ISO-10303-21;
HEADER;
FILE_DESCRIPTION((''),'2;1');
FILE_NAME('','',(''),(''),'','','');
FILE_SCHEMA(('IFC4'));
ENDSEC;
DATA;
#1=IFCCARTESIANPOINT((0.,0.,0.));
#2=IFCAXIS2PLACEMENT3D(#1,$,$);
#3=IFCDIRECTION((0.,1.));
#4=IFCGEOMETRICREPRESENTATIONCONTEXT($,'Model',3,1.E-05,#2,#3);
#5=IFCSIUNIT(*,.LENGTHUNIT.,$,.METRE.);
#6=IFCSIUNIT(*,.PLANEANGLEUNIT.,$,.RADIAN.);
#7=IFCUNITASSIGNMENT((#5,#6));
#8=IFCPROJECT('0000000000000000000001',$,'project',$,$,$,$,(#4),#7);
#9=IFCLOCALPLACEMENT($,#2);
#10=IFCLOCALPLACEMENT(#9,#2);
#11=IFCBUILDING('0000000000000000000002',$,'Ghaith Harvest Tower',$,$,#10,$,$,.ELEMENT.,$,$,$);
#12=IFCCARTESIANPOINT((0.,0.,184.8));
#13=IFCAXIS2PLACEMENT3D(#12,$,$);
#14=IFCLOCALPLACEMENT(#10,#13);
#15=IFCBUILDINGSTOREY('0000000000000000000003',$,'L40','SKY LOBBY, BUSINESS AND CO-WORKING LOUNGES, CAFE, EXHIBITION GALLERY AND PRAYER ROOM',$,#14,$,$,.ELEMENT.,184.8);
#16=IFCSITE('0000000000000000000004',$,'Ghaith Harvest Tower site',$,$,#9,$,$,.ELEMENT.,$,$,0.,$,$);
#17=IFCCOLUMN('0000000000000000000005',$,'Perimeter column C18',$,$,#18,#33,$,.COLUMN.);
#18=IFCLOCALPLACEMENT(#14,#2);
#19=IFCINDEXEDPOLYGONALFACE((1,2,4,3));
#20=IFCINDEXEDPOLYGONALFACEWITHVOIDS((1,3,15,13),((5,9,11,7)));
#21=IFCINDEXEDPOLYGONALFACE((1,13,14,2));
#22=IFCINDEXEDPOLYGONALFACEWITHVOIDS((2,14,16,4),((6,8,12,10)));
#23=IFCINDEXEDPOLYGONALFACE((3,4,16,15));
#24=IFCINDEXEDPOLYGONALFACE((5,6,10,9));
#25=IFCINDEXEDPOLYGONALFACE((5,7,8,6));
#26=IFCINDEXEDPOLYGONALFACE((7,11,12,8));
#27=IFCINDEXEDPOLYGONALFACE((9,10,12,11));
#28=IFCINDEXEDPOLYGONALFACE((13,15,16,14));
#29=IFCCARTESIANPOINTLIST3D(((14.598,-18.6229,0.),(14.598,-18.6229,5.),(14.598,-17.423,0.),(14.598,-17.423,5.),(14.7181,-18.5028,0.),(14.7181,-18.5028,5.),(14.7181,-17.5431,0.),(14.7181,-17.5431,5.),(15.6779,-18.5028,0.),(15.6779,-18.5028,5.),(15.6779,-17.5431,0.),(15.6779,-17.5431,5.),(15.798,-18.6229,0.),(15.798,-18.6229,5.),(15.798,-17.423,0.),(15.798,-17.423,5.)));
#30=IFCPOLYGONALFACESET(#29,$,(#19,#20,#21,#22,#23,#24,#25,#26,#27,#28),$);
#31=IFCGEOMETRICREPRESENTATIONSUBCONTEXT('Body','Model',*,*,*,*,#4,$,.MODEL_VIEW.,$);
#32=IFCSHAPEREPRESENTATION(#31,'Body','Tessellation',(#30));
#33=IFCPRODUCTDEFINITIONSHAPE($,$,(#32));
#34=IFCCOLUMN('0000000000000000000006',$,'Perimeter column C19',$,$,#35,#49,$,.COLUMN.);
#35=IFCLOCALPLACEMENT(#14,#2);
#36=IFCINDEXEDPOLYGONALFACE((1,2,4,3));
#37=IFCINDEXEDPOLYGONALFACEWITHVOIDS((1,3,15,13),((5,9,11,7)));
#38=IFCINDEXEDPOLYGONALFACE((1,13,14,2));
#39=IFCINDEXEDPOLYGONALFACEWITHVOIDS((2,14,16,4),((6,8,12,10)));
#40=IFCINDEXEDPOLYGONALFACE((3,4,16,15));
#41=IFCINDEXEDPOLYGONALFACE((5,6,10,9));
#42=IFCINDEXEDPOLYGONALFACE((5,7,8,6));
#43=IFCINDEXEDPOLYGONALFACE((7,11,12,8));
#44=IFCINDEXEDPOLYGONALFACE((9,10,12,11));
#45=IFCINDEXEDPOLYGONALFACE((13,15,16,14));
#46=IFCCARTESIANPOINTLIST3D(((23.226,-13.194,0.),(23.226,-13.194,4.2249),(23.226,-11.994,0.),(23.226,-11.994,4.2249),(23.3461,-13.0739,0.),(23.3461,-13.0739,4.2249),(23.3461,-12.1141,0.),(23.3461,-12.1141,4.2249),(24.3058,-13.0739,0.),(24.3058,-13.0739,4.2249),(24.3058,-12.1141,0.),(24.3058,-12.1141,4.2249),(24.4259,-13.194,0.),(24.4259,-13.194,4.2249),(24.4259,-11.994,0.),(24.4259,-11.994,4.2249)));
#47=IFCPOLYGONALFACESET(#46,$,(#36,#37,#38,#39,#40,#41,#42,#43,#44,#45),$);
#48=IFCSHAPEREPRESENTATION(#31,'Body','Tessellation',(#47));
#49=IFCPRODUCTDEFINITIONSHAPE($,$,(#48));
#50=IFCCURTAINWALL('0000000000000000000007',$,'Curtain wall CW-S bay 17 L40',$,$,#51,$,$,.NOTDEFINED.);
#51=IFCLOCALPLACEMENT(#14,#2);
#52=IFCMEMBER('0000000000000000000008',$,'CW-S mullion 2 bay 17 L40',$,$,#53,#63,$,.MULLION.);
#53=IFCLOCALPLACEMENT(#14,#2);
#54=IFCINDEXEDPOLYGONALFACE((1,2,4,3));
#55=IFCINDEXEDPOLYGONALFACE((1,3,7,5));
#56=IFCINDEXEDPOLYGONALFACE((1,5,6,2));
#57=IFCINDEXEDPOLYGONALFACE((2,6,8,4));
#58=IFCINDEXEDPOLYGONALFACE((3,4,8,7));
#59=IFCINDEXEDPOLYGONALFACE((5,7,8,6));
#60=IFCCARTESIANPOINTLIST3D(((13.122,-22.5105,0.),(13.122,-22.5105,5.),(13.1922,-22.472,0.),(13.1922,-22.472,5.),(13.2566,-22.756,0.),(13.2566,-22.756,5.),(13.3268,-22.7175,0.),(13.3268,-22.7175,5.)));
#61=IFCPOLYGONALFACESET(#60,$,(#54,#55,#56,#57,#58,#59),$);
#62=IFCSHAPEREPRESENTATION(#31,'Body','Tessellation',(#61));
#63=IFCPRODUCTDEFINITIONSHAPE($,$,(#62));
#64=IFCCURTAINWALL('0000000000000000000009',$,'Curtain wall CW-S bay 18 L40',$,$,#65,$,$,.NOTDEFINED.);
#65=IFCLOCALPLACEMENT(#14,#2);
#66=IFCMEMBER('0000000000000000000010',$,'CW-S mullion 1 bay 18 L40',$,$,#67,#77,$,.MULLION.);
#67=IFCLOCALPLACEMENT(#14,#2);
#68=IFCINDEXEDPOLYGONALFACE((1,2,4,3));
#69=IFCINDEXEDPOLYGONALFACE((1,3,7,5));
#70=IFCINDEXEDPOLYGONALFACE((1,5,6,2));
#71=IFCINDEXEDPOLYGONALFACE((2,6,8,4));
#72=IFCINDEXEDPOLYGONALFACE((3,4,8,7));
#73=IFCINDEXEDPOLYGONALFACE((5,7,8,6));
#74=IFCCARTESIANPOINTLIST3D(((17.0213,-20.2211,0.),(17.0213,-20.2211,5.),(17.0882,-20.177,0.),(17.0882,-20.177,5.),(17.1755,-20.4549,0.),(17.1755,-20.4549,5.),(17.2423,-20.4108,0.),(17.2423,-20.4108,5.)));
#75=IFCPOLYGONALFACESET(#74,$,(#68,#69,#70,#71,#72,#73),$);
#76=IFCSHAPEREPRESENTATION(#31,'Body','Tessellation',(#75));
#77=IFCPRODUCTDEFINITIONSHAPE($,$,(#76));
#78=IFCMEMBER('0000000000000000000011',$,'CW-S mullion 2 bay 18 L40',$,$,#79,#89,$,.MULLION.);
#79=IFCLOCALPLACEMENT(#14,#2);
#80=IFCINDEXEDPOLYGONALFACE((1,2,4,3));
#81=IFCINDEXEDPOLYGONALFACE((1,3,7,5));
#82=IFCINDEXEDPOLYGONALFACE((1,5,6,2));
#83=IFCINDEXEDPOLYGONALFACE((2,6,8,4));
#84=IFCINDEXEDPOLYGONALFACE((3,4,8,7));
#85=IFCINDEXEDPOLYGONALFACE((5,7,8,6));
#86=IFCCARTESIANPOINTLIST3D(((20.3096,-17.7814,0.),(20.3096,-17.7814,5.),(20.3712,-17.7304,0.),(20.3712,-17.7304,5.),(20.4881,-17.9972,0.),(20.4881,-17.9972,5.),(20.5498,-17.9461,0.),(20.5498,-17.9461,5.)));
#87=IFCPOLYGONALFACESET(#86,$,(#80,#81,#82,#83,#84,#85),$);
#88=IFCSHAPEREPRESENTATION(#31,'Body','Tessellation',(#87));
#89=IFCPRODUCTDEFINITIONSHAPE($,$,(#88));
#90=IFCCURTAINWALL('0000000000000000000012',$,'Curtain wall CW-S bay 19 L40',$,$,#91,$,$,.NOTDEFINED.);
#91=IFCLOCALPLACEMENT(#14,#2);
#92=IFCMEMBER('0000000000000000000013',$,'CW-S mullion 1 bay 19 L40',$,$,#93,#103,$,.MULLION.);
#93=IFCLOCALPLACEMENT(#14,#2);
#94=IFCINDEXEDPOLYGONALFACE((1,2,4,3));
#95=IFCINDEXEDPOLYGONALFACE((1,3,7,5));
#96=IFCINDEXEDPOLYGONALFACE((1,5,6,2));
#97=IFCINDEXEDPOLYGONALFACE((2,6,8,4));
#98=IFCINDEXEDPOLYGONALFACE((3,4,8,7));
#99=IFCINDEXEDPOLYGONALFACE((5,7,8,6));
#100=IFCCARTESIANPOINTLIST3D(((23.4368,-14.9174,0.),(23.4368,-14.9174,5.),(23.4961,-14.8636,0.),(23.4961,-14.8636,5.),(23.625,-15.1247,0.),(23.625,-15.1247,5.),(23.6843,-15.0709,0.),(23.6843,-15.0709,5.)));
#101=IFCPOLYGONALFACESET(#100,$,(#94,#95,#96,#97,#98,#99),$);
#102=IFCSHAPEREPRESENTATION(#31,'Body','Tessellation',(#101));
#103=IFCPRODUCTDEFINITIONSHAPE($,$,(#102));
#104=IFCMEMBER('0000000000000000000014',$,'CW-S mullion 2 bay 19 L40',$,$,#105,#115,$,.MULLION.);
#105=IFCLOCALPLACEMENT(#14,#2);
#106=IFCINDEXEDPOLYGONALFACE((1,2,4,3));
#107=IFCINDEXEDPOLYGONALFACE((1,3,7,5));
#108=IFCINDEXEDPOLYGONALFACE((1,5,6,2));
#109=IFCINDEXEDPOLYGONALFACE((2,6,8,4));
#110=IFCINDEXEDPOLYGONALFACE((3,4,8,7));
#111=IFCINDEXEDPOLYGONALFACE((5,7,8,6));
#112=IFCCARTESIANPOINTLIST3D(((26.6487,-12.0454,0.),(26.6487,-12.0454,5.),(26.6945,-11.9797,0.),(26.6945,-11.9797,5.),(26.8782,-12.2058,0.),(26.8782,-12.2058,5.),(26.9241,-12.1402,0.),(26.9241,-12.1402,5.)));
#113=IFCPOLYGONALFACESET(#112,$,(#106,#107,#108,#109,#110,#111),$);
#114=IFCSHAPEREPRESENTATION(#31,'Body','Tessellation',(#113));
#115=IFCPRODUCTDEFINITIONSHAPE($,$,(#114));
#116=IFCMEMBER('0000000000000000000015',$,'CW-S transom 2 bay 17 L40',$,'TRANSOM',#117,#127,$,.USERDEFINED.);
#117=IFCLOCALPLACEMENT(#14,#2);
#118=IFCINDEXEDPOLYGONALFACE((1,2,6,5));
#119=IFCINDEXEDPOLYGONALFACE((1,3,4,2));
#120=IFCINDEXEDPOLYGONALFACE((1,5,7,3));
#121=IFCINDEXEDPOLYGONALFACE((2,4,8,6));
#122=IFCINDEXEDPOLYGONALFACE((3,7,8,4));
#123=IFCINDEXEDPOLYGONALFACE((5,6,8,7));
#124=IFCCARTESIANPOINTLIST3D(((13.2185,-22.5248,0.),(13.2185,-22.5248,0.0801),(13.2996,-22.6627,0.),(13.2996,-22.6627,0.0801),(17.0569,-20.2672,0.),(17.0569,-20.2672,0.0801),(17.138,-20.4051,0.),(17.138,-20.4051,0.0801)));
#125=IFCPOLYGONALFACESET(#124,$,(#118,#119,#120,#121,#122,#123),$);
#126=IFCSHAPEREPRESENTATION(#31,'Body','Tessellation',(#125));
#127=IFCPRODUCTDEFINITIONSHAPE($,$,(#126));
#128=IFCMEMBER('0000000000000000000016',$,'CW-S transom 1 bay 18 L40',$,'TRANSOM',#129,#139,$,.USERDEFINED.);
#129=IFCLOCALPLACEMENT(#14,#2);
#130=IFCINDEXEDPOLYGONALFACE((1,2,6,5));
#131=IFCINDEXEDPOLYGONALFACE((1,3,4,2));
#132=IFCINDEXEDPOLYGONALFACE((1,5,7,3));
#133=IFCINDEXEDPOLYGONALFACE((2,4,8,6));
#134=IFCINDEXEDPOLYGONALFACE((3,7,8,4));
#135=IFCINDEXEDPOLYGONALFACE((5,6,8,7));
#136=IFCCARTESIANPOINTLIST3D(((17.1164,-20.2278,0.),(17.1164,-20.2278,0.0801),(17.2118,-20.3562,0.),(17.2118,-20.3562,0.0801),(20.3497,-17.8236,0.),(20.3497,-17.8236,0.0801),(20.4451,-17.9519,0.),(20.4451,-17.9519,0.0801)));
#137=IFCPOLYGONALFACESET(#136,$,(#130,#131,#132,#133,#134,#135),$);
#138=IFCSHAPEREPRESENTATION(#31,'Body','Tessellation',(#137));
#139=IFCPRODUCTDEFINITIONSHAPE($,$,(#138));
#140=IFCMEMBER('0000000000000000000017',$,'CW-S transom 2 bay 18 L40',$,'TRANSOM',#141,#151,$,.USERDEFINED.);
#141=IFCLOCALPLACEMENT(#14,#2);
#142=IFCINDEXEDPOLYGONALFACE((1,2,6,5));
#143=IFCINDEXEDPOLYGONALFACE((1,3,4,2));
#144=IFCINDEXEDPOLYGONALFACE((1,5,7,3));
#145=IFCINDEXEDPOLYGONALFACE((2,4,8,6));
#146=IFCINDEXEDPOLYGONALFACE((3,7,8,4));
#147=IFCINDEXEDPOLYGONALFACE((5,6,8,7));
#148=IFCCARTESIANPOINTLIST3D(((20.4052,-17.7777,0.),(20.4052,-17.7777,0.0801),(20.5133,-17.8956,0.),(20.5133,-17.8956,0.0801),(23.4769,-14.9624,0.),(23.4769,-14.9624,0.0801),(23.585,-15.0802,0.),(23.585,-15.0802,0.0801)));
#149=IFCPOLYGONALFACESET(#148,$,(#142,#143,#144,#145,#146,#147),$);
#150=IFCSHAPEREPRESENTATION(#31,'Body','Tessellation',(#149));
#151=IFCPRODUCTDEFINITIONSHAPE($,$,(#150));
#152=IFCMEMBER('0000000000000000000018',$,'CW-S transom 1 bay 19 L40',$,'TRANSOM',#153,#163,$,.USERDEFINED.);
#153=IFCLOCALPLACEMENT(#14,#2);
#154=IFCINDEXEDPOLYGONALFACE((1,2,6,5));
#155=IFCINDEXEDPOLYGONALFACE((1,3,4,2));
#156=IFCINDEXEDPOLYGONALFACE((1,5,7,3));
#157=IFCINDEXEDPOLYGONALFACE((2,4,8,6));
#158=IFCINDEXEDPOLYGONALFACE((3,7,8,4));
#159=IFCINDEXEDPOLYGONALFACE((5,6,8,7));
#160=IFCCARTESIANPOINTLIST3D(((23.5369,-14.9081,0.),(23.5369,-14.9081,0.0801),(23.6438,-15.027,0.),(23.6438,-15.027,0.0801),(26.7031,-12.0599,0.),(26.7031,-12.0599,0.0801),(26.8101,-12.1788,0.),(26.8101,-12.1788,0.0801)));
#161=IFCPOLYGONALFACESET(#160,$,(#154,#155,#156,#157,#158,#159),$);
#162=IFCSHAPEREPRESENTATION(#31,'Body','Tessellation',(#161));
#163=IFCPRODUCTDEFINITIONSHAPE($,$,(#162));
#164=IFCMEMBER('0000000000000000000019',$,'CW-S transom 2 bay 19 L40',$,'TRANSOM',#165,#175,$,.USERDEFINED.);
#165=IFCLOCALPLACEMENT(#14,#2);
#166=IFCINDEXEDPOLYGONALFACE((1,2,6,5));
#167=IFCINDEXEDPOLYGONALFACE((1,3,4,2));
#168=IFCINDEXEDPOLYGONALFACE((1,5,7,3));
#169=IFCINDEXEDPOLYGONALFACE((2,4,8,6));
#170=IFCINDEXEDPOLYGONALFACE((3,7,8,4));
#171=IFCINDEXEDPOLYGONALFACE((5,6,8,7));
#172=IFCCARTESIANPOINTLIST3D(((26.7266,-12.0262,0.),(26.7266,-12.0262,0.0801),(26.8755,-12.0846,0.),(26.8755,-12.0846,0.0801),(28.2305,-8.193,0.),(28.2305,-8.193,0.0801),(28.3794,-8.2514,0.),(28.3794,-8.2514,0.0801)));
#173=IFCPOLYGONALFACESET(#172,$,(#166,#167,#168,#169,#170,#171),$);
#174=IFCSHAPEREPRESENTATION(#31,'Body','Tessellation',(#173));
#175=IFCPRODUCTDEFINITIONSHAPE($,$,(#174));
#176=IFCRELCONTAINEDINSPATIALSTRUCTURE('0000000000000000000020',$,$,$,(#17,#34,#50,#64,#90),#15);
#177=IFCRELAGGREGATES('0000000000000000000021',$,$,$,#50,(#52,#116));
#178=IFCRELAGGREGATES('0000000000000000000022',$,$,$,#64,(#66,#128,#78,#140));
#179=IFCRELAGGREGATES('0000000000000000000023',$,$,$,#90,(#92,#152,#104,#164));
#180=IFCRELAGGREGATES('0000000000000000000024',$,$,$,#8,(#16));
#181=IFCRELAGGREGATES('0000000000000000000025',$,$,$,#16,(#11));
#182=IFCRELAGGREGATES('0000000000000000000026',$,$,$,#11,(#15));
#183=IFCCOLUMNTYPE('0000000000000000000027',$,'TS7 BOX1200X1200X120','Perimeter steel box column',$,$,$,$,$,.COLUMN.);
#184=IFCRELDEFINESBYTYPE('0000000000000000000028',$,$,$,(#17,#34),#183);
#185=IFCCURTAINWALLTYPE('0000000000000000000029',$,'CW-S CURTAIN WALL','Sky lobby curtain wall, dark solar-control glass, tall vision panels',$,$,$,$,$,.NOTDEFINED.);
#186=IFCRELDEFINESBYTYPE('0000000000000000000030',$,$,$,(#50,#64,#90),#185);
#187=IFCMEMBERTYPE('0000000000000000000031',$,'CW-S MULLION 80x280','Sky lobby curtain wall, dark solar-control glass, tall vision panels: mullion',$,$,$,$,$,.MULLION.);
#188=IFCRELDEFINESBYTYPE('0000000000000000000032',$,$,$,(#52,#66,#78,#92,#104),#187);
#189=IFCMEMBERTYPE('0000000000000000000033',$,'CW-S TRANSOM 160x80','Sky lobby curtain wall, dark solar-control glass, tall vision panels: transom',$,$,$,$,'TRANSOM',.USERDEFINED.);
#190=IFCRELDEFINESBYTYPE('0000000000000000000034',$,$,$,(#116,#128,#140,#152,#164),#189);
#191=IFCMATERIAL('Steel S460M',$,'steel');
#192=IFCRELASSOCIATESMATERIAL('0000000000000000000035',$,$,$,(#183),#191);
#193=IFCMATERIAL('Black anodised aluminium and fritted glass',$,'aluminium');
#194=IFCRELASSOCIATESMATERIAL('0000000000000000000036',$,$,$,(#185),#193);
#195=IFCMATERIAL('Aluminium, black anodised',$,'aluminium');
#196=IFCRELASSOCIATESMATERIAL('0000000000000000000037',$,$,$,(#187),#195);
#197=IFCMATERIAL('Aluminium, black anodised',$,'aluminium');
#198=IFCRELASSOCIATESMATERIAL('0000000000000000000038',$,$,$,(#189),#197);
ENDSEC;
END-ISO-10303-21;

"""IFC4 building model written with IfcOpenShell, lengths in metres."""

from ifc_helpers import new_model, si_unit, direction, frame, origin, origin_2d, place, context, subcontext, project, spatial, rectangle, hollow_rectangle, extrude, material, material_profile, profile_set, type_object, element, aggregate, save


model = new_model("IFC4")

# Units and contexts
model_context = context("Model", 3, precision=1e-05, world=origin(), true_north=direction((0.0, 1.0)))
body_context = subcontext(model_context, "Body", "Model", "MODEL_VIEW")
ifc_project = project(units=[si_unit("LENGTHUNIT", "METRE"), si_unit("PLANEANGLEUNIT", "RADIAN")], contexts=[model_context])

# Site, building, storey
site_placement = place(None, origin())
site = spatial("IfcSite", under=ifc_project, at=site_placement, Name="Ghaith Harvest Tower site", CompositionType="ELEMENT", RefElevation=0.0)
building_placement = place(site_placement, origin())
building = spatial("IfcBuilding", under=site, at=building_placement, Name="Ghaith Harvest Tower", CompositionType="ELEMENT")
storey_placement = place(building_placement, frame((0.0, 0.0, 184.8)))
storey = spatial("IfcBuildingStorey", under=building, at=storey_placement, Name="L40", Description="SKY LOBBY, BUSINESS AND CO-WORKING LOUNGES, CAFE, EXHIBITION GALLERY AND PRAYER ROOM", CompositionType="ELEMENT", Elevation=184.8)

# Columns
ifc_material_1 = material(Name="Steel S460M", Category="steel")
ifc_material_profile_1 = material_profile(ifc_material_1, hollow_rectangle(XDim=1.2, YDim=1.2, WallThickness=0.1201, at=origin_2d()), Name="BOX1200X1200X120")
ifc_profile_set_1 = profile_set([ifc_material_profile_1], Name="Steel S460M")
column_type = type_object("IfcColumnType", Name="TS7 BOX1200X1200X120", Description="Perimeter steel box column", PredefinedType="COLUMN", material=ifc_profile_set_1)
column_1_placement = place(storey_placement, frame((15.198, -18.0229, 0.0), z_axis=(0.0, 0.0, 1.0), x_axis=(1.0, 0.0, 0.0)))
element("IfcColumn", 1, at=column_1_placement, inside=storey, type_object=column_type, Name="Perimeter column C18", PredefinedType="COLUMN", context=body_context, shape_type="SweptSolid", body=[
    extrude(hollow_rectangle(XDim=1.2, YDim=1.2, WallThickness=0.1201, at=origin_2d()), origin(), (0.0, 0.0, 1.0), 5.0),
])
column_2_placement = place(storey_placement, frame((23.8259, -12.594, 0.0), z_axis=(0.0, 0.0, 1.0), x_axis=(1.0, 0.0, 0.0)))
element("IfcColumn", 2, at=column_2_placement, inside=storey, type_object=column_type, Name="Perimeter column C19", PredefinedType="COLUMN", context=body_context, shape_type="SweptSolid", body=[
    extrude(hollow_rectangle(XDim=1.2, YDim=1.2, WallThickness=0.1201, at=origin_2d()), origin(), (0.0, 0.0, 1.0), 4.2249),
])

# Curtain wall, member
ifc_material_2 = material(Name="Black anodised aluminium and fritted glass", Category="aluminium")
curtain_wall_type = type_object("IfcCurtainWallType", Name="CW-S CURTAIN WALL", Description="Sky lobby curtain wall, dark solar-control glass, tall vision panels", PredefinedType="NOTDEFINED", material=ifc_material_2)
curtain_wall_1_placement = place(storey_placement, origin())
curtain_wall_1 = element("IfcCurtainWall", 3, at=curtain_wall_1_placement, inside=storey, type_object=curtain_wall_type, Name="Curtain wall CW-S bay 17 L40", PredefinedType="NOTDEFINED")
ifc_material_3 = material(Name="Aluminium, black anodised", Category="aluminium")
ifc_material_profile_2 = material_profile(ifc_material_3, rectangle(XDim=0.0801, YDim=0.28, at=origin_2d()), Name="CW-S MULLION 80x280")
ifc_profile_set_2 = profile_set([ifc_material_profile_2], Name="Aluminium, black anodised")
member_type_1 = type_object("IfcMemberType", Name="CW-S MULLION 80x280", Description="Sky lobby curtain wall, dark solar-control glass, tall vision panels: mullion", PredefinedType="MULLION", material=ifc_profile_set_2)
member_1_placement = place(storey_placement, frame((13.2244, -22.614, 0.0), z_axis=(0.0, 0.0, 1.0), x_axis=(0.876899, 0.480675, 0.0)))
member_1 = element("IfcMember", 4, at=member_1_placement, type_object=member_type_1, Name="CW-S mullion 2 bay 17 L40", PredefinedType="MULLION", context=body_context, shape_type="SweptSolid", body=[
    extrude(rectangle(XDim=0.0801, YDim=0.28, at=origin_2d()), origin(), (0.0, 0.0, 1.0), 5.0),
])

# Curtain walls, members
curtain_wall_2_placement = place(storey_placement, origin())
curtain_wall_2 = element("IfcCurtainWall", 5, at=curtain_wall_2_placement, inside=storey, type_object=curtain_wall_type, Name="Curtain wall CW-S bay 18 L40", PredefinedType="NOTDEFINED")
member_2_placement = place(storey_placement, frame((17.1318, -20.3159, 0.0), z_axis=(0.0, 0.0, 1.0), x_axis=(0.834887, 0.550421, 0.0)))
member_2 = element("IfcMember", 6, at=member_2_placement, type_object=member_type_1, Name="CW-S mullion 1 bay 18 L40", PredefinedType="MULLION", context=body_context, shape_type="SweptSolid", body=[
    extrude(rectangle(XDim=0.0801, YDim=0.28, at=origin_2d()), origin(), (0.0, 0.0, 1.0), 5.0),
])
member_3_placement = place(storey_placement, frame((20.4297, -17.8638, 0.0), z_axis=(0.0, 0.0, 1.0), x_axis=(0.770306, 0.637674, 0.0)))
member_3 = element("IfcMember", 7, at=member_3_placement, type_object=member_type_1, Name="CW-S mullion 2 bay 18 L40", PredefinedType="MULLION", context=body_context, shape_type="SweptSolid", body=[
    extrude(rectangle(XDim=0.0801, YDim=0.28, at=origin_2d()), origin(), (0.0, 0.0, 1.0), 5.0),
])
curtain_wall_3_placement = place(storey_placement, origin())
curtain_wall_3 = element("IfcCurtainWall", 8, at=curtain_wall_3_placement, inside=storey, type_object=curtain_wall_type, Name="Curtain wall CW-S bay 19 L40", PredefinedType="NOTDEFINED")
member_4_placement = place(storey_placement, frame((23.5605, -14.9941, 0.0), z_axis=(0.0, 0.0, 1.0), x_axis=(0.740389, 0.672179, 0.0)))
member_4 = element("IfcMember", 9, at=member_4_placement, type_object=member_type_1, Name="CW-S mullion 1 bay 19 L40", PredefinedType="MULLION", context=body_context, shape_type="SweptSolid", body=[
    extrude(rectangle(XDim=0.0801, YDim=0.28, at=origin_2d()), origin(), (0.0, 0.0, 1.0), 5.0),
])
member_5_placement = place(storey_placement, frame((26.7864, -12.0928, 0.0), z_axis=(0.0, 0.0, 1.0), x_axis=(0.572853, 0.819658, 0.0)))
member_5 = element("IfcMember", 10, at=member_5_placement, type_object=member_type_1, Name="CW-S mullion 2 bay 19 L40", PredefinedType="MULLION", context=body_context, shape_type="SweptSolid", body=[
    extrude(rectangle(XDim=0.0801, YDim=0.28, at=origin_2d()), origin(), (0.0, 0.0, 1.0), 5.0),
])

# Members
ifc_material_4 = material(Name="Aluminium, black anodised", Category="aluminium")
ifc_material_profile_3 = material_profile(ifc_material_4, rectangle(XDim=0.1599, YDim=0.0801, at=origin_2d()), Name="CW-S TRANSOM 160x80")
ifc_profile_set_3 = profile_set([ifc_material_profile_3], Name="Aluminium, black anodised")
member_type_2 = type_object("IfcMemberType", Name="CW-S TRANSOM 160x80", Description="Sky lobby curtain wall, dark solar-control glass, tall vision panels: transom", ElementType="TRANSOM", PredefinedType="USERDEFINED", material=ifc_profile_set_3)
member_6_placement = place(storey_placement, frame((13.259, -22.5938, 0.04), z_axis=(0.861964, 0.50697, 0.0), x_axis=(-0.50697, 0.861964, 0.0)))
member_6 = element("IfcMember", 11, at=member_6_placement, type_object=member_type_2, Name="CW-S transom 2 bay 17 L40", ObjectType="TRANSOM", PredefinedType="USERDEFINED", context=body_context, shape_type="SweptSolid", body=[
    extrude(rectangle(XDim=0.1599, YDim=0.0801, at=origin_2d()), origin(), (0.0, 0.0, 1.0), 4.4531),
])
member_7_placement = place(storey_placement, frame((17.1641, -20.292, 0.04), z_axis=(0.802465, 0.596699, 0.0), x_axis=(-0.596699, 0.802465, 0.0)))
member_7 = element("IfcMember", 12, at=member_7_placement, type_object=member_type_2, Name="CW-S transom 1 bay 18 L40", ObjectType="TRANSOM", PredefinedType="USERDEFINED", context=body_context, shape_type="SweptSolid", body=[
    extrude(rectangle(XDim=0.1599, YDim=0.0801, at=origin_2d()), origin(), (0.0, 0.0, 1.0), 4.0293),
])
member_8_placement = place(storey_placement, frame((20.4592, -17.8367, 0.04), z_axis=(0.737198, 0.675677, 0.0), x_axis=(-0.675677, 0.737198, 0.0)))
member_8 = element("IfcMember", 13, at=member_8_placement, type_object=member_type_2, Name="CW-S transom 2 bay 18 L40", ObjectType="TRANSOM", PredefinedType="USERDEFINED", context=body_context, shape_type="SweptSolid", body=[
    extrude(rectangle(XDim=0.1599, YDim=0.0801, at=origin_2d()), origin(), (0.0, 0.0, 1.0), 4.1667),
])
member_9_placement = place(storey_placement, frame((23.5903, -14.9675, 0.04), z_axis=(0.743468, 0.668772, 0.0), x_axis=(-0.668772, 0.743468, 0.0)))
member_9 = element("IfcMember", 14, at=member_9_placement, type_object=member_type_2, Name="CW-S transom 1 bay 19 L40", ObjectType="TRANSOM", PredefinedType="USERDEFINED", context=body_context, shape_type="SweptSolid", body=[
    extrude(rectangle(XDim=0.1599, YDim=0.0801, at=origin_2d()), origin(), (0.0, 0.0, 1.0), 4.2588),
])
member_10_placement = place(storey_placement, frame((26.801, -12.0554, 0.04), z_axis=(0.365229, 0.930918, 0.0), x_axis=(-0.930918, 0.365229, 0.0)))
member_10 = element("IfcMember", 15, at=member_10_placement, type_object=member_type_2, Name="CW-S transom 2 bay 19 L40", ObjectType="TRANSOM", PredefinedType="USERDEFINED", context=body_context, shape_type="SweptSolid", body=[
    extrude(rectangle(XDim=0.1599, YDim=0.0801, at=origin_2d()), origin(), (0.0, 0.0, 1.0), 4.1177),
])

aggregate(curtain_wall_1, [member_1, member_6])
aggregate(curtain_wall_2, [member_2, member_7, member_3, member_8])
aggregate(curtain_wall_3, [member_4, member_9, member_5, member_10])

save(model, "model.ifc")
